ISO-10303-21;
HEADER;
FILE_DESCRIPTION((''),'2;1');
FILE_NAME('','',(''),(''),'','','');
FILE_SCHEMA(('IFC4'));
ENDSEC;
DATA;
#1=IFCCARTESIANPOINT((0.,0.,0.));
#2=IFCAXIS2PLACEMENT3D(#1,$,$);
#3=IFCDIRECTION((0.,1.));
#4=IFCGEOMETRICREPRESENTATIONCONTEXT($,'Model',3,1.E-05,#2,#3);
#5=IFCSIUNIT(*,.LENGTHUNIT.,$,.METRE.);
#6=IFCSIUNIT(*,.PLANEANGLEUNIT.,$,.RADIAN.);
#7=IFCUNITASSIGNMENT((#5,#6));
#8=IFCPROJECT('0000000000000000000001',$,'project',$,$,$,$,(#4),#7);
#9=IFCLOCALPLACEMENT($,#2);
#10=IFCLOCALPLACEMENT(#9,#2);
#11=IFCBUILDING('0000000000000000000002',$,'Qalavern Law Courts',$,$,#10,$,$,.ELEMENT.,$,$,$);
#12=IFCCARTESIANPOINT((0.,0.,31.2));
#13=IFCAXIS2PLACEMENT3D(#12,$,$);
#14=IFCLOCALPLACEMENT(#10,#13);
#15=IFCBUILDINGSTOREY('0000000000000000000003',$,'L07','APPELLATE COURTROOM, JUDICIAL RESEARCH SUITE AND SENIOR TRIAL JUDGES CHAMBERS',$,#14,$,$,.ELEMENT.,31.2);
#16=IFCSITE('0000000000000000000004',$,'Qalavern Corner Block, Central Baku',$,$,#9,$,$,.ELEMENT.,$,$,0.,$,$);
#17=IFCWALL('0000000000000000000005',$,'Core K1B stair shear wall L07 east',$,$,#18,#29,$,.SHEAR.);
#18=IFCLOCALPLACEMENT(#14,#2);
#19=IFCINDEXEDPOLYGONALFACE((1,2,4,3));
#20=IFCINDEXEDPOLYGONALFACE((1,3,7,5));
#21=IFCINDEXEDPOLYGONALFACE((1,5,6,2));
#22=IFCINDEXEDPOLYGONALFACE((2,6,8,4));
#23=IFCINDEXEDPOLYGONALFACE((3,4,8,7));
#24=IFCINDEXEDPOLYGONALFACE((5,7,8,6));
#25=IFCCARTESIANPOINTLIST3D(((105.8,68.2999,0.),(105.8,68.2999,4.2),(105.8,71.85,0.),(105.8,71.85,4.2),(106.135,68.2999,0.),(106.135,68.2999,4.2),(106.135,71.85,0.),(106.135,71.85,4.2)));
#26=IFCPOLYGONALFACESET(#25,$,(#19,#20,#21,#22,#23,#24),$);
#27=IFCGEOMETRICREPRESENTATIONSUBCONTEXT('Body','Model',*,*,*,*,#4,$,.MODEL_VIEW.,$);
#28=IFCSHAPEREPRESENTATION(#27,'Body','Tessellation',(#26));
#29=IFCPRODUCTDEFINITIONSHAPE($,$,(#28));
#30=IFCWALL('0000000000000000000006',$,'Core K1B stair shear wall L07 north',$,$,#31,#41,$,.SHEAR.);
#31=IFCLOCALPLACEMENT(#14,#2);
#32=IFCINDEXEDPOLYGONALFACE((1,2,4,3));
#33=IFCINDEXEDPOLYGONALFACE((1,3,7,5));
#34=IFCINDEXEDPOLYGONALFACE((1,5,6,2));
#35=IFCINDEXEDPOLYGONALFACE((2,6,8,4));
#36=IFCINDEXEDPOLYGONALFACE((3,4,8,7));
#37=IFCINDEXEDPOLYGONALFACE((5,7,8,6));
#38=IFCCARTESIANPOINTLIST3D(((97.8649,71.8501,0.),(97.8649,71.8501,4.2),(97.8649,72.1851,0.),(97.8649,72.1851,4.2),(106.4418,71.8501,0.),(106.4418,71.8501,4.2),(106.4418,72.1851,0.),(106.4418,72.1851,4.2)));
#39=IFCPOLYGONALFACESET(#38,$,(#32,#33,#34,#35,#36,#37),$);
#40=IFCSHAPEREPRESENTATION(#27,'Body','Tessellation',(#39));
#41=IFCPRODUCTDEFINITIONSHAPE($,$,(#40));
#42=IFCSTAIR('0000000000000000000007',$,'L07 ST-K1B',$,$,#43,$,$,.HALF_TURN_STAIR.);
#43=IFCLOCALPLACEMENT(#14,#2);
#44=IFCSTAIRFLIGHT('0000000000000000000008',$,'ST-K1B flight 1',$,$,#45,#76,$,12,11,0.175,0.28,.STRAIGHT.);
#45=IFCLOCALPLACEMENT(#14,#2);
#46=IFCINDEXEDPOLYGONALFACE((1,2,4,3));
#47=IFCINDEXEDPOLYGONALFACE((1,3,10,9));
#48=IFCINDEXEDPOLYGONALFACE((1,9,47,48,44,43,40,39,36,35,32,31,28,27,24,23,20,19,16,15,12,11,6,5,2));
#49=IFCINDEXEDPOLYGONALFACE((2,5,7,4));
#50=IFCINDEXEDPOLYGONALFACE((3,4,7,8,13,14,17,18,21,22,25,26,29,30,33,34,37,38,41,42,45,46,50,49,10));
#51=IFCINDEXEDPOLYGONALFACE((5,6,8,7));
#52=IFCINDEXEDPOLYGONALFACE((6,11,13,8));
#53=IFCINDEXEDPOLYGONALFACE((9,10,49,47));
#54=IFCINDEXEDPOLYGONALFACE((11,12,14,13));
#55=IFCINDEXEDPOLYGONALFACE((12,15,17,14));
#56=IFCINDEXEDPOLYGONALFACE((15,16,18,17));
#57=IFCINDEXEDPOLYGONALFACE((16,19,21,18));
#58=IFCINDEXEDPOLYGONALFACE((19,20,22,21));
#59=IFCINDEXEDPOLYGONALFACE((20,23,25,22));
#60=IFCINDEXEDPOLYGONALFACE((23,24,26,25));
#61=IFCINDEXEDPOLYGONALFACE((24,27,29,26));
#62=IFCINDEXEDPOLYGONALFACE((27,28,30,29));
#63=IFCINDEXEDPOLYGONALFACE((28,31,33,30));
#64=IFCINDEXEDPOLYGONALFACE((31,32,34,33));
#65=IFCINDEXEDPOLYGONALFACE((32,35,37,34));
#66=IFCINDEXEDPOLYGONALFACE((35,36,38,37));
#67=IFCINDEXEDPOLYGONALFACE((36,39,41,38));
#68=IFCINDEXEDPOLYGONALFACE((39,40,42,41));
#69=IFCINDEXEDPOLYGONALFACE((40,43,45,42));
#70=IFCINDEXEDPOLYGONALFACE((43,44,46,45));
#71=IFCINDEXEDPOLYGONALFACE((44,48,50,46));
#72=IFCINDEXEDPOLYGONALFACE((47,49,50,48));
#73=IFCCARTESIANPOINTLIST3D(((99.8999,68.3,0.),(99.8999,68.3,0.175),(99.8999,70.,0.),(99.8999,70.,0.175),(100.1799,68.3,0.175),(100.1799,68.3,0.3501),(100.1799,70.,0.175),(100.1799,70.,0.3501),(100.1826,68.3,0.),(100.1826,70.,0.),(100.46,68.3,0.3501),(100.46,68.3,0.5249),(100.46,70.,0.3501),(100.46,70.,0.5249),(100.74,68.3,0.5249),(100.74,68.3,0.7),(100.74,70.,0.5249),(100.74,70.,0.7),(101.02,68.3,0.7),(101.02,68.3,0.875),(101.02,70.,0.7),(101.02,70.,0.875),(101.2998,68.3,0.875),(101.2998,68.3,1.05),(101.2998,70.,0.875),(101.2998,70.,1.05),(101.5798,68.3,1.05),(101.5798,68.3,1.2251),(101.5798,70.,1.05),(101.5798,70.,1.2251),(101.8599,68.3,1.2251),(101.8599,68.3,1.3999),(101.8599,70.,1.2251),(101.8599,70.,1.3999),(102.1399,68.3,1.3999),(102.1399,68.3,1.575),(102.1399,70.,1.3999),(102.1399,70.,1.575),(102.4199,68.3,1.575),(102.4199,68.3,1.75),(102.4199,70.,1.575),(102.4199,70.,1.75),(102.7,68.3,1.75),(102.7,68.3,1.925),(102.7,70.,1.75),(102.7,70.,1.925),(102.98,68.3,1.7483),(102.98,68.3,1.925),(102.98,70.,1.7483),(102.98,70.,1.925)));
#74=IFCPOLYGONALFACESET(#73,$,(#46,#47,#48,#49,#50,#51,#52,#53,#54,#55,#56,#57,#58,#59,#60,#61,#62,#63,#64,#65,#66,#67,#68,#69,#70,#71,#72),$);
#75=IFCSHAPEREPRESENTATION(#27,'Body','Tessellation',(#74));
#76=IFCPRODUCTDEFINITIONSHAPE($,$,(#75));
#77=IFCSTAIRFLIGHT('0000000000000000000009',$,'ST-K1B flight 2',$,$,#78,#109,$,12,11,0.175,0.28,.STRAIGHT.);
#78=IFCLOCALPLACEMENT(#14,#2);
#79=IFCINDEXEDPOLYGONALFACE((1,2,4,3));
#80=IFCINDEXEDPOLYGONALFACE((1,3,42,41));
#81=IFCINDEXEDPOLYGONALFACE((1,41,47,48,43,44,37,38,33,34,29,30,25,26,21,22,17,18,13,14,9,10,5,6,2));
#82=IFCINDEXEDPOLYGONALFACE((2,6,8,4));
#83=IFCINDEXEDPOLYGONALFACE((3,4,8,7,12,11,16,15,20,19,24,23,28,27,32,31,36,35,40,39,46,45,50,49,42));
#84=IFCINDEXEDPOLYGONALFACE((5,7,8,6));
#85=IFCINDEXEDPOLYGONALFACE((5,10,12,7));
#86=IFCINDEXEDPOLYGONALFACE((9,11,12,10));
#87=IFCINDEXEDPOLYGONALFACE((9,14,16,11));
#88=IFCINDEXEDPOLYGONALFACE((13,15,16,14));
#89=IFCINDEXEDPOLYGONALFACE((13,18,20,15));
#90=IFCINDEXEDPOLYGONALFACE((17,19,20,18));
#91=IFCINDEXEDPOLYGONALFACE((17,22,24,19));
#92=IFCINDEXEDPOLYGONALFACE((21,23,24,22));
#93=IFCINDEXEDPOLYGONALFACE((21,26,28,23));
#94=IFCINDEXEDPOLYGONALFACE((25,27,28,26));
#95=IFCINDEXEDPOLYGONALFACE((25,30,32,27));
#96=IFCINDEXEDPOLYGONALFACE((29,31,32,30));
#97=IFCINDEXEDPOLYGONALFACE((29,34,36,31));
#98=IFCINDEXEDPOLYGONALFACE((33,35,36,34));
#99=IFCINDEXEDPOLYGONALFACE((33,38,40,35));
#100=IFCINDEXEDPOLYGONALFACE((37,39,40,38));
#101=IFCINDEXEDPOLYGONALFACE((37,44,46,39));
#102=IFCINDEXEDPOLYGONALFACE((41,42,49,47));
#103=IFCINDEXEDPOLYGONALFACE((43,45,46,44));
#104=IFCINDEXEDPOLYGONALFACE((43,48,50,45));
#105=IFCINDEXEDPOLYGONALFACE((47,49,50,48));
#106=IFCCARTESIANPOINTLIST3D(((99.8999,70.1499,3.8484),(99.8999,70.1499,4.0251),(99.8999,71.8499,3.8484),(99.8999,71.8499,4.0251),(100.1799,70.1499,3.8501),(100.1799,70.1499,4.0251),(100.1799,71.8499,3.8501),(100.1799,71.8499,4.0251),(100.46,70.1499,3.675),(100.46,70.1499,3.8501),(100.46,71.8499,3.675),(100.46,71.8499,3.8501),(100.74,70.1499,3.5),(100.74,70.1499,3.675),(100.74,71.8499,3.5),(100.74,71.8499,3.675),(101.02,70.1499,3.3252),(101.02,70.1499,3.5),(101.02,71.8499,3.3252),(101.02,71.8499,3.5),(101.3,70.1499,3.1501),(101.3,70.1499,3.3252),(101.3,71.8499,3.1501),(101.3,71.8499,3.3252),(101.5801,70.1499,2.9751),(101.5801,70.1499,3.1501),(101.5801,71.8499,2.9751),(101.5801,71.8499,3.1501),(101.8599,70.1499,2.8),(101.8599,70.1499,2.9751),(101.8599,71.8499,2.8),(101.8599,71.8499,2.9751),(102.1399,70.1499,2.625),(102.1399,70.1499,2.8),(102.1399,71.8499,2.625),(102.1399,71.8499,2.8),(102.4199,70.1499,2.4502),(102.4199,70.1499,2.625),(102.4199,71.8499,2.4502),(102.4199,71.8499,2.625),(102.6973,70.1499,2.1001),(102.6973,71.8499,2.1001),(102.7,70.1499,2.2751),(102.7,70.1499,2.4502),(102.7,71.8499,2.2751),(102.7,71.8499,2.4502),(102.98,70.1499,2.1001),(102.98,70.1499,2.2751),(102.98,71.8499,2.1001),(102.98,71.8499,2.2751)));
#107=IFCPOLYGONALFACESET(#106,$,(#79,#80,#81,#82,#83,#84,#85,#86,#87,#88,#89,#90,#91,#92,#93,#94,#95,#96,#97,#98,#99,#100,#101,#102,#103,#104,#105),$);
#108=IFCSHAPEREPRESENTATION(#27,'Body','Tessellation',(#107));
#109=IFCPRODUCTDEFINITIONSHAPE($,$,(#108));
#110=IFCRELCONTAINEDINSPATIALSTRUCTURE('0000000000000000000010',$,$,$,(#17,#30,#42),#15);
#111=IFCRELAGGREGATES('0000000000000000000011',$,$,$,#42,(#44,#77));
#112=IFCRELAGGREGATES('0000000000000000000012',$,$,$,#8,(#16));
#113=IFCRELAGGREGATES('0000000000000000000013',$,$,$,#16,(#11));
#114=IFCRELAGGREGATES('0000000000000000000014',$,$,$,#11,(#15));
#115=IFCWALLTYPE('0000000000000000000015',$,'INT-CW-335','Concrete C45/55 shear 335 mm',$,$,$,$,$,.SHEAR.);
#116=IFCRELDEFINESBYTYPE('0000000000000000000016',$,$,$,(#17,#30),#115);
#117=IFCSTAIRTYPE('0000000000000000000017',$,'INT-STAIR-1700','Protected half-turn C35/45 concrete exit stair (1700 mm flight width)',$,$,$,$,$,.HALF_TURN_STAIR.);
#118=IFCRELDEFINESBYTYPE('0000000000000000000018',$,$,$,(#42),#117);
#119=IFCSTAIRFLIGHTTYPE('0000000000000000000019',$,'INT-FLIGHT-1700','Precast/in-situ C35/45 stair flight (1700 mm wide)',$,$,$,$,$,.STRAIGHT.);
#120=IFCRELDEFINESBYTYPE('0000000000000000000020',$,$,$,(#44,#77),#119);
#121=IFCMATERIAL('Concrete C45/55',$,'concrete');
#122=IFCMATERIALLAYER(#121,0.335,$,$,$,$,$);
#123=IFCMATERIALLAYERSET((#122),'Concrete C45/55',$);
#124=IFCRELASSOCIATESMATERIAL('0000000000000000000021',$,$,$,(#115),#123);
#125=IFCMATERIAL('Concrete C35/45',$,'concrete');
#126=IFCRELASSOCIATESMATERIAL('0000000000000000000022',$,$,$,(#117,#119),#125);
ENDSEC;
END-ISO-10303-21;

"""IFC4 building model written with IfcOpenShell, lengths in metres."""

from ifc_helpers import new_model, si_unit, direction, frame, frame_2d, origin, place, context, subcontext, project, spatial, polyline, rectangle, outline, extrude, material, layer, layer_set, type_object, element, aggregate, save


model = new_model("IFC4")

# Units and contexts
model_context = context("Model", 3, precision=1e-05, world=origin(), true_north=direction((0.0, 1.0)))
body_context = subcontext(model_context, "Body", "Model", "MODEL_VIEW")
ifc_project = project(units=[si_unit("LENGTHUNIT", "METRE"), si_unit("PLANEANGLEUNIT", "RADIAN")], contexts=[model_context])

# Site, building, storey
site_placement = place(None, origin())
site = spatial("IfcSite", under=ifc_project, at=site_placement, Name="Qalavern Corner Block, Central Baku", CompositionType="ELEMENT", RefElevation=0.0)
building_placement = place(site_placement, origin())
building = spatial("IfcBuilding", under=site, at=building_placement, Name="Qalavern Law Courts", CompositionType="ELEMENT")
storey_placement = place(building_placement, frame((0.0, 0.0, 31.2)))
storey = spatial("IfcBuildingStorey", under=building, at=storey_placement, Name="L07", Description="APPELLATE COURTROOM, JUDICIAL RESEARCH SUITE AND SENIOR TRIAL JUDGES CHAMBERS", CompositionType="ELEMENT", Elevation=31.2)

# Shared definitions
ifc_material_1 = material(Name="Concrete C45/55", Category="concrete")

# Walls
ifc_layer_1 = layer(ifc_material_1, 0.335)
ifc_layer_set_1 = layer_set([ifc_layer_1], Name="Concrete C45/55")
wall_type_1 = type_object("IfcWallType", Name="INT-CW-335", Description="Concrete C45/55 shear 335 mm", PredefinedType="SHEAR", material=ifc_layer_set_1)
wall_1_placement = place(storey_placement, frame((105.9675, 68.3, 0.0), z_axis=(0.0, 0.0, 1.0), x_axis=(0.0, 1.0, 0.0)))
element("IfcWall", 1, at=wall_1_placement, inside=storey, type_object=wall_type_1, Name="Core K1B stair shear wall L07 east", PredefinedType="SHEAR", context=body_context, shape_type="SweptSolid", body=[
    extrude(rectangle(XDim=3.55, YDim=0.335, at=frame_2d((1.7749, 0.0))), origin(), (0.0, 0.0, 1.0), 4.2),
])
wall_2_placement = place(storey_placement, frame((106.4419, 72.0176, 0.0), z_axis=(0.0, 0.0, 1.0), x_axis=(-1.0, 0.0, 0.0)))
element("IfcWall", 2, at=wall_2_placement, inside=storey, type_object=wall_type_1, Name="Core K1B stair shear wall L07 north", PredefinedType="SHEAR", context=body_context, shape_type="SweptSolid", body=[
    extrude(rectangle(XDim=8.5769, YDim=0.335, at=frame_2d((4.2886, 0.0))), origin(), (0.0, 0.0, 1.0), 4.2),
])

# Stair, stair flights
ifc_material_2 = material(Name="Concrete C35/45", Category="concrete")
stair_type = type_object("IfcStairType", Name="INT-STAIR-1700", Description="Protected half-turn C35/45 concrete exit stair (1700 mm flight width)", PredefinedType="HALF_TURN_STAIR", material=ifc_material_2)
stair_placement = place(storey_placement, origin())
stair = element("IfcStair", 3, at=stair_placement, inside=storey, type_object=stair_type, Name="L07 ST-K1B", PredefinedType="HALF_TURN_STAIR")
stair_flight_type = type_object("IfcStairFlightType", Name="INT-FLIGHT-1700", Description="Precast/in-situ C35/45 stair flight (1700 mm wide)", PredefinedType="STRAIGHT", material=ifc_material_2)
stair_flight_1_placement = place(storey_placement, frame((99.8999, 69.1499, 0.0), z_axis=(0.0, 0.0, 1.0), x_axis=(1.0, 0.0, 0.0)))
stair_flight_1 = element("IfcStairFlight", 4, at=stair_flight_1_placement, type_object=stair_flight_type, Name="ST-K1B flight 1", NumberOfRisers=12, NumberOfTreads=11, PredefinedType="STRAIGHT", RiserHeight=0.175, TreadLength=0.28, context=body_context, shape_type="SweptSolid", body=[
    extrude(outline(polyline([(0.0, 0.0), (0.0, 0.175), (0.28, 0.175), (0.28, 0.3501), (0.5601, 0.3501), (0.5601, 0.5249), (0.8401, 0.5249), (0.8401, 0.7), (1.1201, 0.7), (1.1201, 0.875), (1.3999, 0.875), (1.3999, 1.05), (1.6799, 1.05), (1.6799, 1.2251), (1.96, 1.2251), (1.96, 1.3999), (2.24, 1.3999), (2.24, 1.575), (2.52, 1.575), (2.52, 1.75), (2.8, 1.75), (2.8, 1.925), (3.0801, 1.925), (3.0801, 2.1001), (3.0801, 1.7483), (0.2827, 0.0), (0.0, 0.0)])), frame((0.0, 0.8501, 0.0), z_axis=(0.0, -1.0, 0.0), x_axis=(1.0, 0.0, 0.0)), (0.0, 0.0, 1.0), 1.7),
])
stair_flight_2_placement = place(storey_placement, frame((102.98, 71.0, 2.1001), z_axis=(0.0, 0.0, 1.0), x_axis=(-1.0, 0.0, 0.0)))
stair_flight_2 = element("IfcStairFlight", 5, at=stair_flight_2_placement, type_object=stair_flight_type, Name="ST-K1B flight 2", NumberOfRisers=12, NumberOfTreads=11, PredefinedType="STRAIGHT", RiserHeight=0.175, TreadLength=0.28, context=body_context, shape_type="SweptSolid", body=[
    extrude(outline(polyline([(0.0, 0.0), (0.0, 0.175), (0.28, 0.175), (0.28, 0.3501), (0.5601, 0.3501), (0.5601, 0.5249), (0.8401, 0.5249), (0.8401, 0.7), (1.1201, 0.7), (1.1201, 0.875), (1.3999, 0.875), (1.3999, 1.05), (1.6799, 1.05), (1.6799, 1.2251), (1.96, 1.2251), (1.96, 1.3999), (2.24, 1.3999), (2.24, 1.575), (2.52, 1.575), (2.52, 1.75), (2.8, 1.75), (2.8, 1.925), (3.0801, 1.925), (3.0801, 2.1001), (3.0801, 1.7483), (0.2827, 0.0), (0.0, 0.0)])), frame((0.0, 0.8501, 0.0), z_axis=(0.0, -1.0, 0.0), x_axis=(1.0, 0.0, 0.0)), (0.0, 0.0, 1.0), 1.7),
])
aggregate(stair, [stair_flight_1, stair_flight_2])

save(model, "model.ifc")
